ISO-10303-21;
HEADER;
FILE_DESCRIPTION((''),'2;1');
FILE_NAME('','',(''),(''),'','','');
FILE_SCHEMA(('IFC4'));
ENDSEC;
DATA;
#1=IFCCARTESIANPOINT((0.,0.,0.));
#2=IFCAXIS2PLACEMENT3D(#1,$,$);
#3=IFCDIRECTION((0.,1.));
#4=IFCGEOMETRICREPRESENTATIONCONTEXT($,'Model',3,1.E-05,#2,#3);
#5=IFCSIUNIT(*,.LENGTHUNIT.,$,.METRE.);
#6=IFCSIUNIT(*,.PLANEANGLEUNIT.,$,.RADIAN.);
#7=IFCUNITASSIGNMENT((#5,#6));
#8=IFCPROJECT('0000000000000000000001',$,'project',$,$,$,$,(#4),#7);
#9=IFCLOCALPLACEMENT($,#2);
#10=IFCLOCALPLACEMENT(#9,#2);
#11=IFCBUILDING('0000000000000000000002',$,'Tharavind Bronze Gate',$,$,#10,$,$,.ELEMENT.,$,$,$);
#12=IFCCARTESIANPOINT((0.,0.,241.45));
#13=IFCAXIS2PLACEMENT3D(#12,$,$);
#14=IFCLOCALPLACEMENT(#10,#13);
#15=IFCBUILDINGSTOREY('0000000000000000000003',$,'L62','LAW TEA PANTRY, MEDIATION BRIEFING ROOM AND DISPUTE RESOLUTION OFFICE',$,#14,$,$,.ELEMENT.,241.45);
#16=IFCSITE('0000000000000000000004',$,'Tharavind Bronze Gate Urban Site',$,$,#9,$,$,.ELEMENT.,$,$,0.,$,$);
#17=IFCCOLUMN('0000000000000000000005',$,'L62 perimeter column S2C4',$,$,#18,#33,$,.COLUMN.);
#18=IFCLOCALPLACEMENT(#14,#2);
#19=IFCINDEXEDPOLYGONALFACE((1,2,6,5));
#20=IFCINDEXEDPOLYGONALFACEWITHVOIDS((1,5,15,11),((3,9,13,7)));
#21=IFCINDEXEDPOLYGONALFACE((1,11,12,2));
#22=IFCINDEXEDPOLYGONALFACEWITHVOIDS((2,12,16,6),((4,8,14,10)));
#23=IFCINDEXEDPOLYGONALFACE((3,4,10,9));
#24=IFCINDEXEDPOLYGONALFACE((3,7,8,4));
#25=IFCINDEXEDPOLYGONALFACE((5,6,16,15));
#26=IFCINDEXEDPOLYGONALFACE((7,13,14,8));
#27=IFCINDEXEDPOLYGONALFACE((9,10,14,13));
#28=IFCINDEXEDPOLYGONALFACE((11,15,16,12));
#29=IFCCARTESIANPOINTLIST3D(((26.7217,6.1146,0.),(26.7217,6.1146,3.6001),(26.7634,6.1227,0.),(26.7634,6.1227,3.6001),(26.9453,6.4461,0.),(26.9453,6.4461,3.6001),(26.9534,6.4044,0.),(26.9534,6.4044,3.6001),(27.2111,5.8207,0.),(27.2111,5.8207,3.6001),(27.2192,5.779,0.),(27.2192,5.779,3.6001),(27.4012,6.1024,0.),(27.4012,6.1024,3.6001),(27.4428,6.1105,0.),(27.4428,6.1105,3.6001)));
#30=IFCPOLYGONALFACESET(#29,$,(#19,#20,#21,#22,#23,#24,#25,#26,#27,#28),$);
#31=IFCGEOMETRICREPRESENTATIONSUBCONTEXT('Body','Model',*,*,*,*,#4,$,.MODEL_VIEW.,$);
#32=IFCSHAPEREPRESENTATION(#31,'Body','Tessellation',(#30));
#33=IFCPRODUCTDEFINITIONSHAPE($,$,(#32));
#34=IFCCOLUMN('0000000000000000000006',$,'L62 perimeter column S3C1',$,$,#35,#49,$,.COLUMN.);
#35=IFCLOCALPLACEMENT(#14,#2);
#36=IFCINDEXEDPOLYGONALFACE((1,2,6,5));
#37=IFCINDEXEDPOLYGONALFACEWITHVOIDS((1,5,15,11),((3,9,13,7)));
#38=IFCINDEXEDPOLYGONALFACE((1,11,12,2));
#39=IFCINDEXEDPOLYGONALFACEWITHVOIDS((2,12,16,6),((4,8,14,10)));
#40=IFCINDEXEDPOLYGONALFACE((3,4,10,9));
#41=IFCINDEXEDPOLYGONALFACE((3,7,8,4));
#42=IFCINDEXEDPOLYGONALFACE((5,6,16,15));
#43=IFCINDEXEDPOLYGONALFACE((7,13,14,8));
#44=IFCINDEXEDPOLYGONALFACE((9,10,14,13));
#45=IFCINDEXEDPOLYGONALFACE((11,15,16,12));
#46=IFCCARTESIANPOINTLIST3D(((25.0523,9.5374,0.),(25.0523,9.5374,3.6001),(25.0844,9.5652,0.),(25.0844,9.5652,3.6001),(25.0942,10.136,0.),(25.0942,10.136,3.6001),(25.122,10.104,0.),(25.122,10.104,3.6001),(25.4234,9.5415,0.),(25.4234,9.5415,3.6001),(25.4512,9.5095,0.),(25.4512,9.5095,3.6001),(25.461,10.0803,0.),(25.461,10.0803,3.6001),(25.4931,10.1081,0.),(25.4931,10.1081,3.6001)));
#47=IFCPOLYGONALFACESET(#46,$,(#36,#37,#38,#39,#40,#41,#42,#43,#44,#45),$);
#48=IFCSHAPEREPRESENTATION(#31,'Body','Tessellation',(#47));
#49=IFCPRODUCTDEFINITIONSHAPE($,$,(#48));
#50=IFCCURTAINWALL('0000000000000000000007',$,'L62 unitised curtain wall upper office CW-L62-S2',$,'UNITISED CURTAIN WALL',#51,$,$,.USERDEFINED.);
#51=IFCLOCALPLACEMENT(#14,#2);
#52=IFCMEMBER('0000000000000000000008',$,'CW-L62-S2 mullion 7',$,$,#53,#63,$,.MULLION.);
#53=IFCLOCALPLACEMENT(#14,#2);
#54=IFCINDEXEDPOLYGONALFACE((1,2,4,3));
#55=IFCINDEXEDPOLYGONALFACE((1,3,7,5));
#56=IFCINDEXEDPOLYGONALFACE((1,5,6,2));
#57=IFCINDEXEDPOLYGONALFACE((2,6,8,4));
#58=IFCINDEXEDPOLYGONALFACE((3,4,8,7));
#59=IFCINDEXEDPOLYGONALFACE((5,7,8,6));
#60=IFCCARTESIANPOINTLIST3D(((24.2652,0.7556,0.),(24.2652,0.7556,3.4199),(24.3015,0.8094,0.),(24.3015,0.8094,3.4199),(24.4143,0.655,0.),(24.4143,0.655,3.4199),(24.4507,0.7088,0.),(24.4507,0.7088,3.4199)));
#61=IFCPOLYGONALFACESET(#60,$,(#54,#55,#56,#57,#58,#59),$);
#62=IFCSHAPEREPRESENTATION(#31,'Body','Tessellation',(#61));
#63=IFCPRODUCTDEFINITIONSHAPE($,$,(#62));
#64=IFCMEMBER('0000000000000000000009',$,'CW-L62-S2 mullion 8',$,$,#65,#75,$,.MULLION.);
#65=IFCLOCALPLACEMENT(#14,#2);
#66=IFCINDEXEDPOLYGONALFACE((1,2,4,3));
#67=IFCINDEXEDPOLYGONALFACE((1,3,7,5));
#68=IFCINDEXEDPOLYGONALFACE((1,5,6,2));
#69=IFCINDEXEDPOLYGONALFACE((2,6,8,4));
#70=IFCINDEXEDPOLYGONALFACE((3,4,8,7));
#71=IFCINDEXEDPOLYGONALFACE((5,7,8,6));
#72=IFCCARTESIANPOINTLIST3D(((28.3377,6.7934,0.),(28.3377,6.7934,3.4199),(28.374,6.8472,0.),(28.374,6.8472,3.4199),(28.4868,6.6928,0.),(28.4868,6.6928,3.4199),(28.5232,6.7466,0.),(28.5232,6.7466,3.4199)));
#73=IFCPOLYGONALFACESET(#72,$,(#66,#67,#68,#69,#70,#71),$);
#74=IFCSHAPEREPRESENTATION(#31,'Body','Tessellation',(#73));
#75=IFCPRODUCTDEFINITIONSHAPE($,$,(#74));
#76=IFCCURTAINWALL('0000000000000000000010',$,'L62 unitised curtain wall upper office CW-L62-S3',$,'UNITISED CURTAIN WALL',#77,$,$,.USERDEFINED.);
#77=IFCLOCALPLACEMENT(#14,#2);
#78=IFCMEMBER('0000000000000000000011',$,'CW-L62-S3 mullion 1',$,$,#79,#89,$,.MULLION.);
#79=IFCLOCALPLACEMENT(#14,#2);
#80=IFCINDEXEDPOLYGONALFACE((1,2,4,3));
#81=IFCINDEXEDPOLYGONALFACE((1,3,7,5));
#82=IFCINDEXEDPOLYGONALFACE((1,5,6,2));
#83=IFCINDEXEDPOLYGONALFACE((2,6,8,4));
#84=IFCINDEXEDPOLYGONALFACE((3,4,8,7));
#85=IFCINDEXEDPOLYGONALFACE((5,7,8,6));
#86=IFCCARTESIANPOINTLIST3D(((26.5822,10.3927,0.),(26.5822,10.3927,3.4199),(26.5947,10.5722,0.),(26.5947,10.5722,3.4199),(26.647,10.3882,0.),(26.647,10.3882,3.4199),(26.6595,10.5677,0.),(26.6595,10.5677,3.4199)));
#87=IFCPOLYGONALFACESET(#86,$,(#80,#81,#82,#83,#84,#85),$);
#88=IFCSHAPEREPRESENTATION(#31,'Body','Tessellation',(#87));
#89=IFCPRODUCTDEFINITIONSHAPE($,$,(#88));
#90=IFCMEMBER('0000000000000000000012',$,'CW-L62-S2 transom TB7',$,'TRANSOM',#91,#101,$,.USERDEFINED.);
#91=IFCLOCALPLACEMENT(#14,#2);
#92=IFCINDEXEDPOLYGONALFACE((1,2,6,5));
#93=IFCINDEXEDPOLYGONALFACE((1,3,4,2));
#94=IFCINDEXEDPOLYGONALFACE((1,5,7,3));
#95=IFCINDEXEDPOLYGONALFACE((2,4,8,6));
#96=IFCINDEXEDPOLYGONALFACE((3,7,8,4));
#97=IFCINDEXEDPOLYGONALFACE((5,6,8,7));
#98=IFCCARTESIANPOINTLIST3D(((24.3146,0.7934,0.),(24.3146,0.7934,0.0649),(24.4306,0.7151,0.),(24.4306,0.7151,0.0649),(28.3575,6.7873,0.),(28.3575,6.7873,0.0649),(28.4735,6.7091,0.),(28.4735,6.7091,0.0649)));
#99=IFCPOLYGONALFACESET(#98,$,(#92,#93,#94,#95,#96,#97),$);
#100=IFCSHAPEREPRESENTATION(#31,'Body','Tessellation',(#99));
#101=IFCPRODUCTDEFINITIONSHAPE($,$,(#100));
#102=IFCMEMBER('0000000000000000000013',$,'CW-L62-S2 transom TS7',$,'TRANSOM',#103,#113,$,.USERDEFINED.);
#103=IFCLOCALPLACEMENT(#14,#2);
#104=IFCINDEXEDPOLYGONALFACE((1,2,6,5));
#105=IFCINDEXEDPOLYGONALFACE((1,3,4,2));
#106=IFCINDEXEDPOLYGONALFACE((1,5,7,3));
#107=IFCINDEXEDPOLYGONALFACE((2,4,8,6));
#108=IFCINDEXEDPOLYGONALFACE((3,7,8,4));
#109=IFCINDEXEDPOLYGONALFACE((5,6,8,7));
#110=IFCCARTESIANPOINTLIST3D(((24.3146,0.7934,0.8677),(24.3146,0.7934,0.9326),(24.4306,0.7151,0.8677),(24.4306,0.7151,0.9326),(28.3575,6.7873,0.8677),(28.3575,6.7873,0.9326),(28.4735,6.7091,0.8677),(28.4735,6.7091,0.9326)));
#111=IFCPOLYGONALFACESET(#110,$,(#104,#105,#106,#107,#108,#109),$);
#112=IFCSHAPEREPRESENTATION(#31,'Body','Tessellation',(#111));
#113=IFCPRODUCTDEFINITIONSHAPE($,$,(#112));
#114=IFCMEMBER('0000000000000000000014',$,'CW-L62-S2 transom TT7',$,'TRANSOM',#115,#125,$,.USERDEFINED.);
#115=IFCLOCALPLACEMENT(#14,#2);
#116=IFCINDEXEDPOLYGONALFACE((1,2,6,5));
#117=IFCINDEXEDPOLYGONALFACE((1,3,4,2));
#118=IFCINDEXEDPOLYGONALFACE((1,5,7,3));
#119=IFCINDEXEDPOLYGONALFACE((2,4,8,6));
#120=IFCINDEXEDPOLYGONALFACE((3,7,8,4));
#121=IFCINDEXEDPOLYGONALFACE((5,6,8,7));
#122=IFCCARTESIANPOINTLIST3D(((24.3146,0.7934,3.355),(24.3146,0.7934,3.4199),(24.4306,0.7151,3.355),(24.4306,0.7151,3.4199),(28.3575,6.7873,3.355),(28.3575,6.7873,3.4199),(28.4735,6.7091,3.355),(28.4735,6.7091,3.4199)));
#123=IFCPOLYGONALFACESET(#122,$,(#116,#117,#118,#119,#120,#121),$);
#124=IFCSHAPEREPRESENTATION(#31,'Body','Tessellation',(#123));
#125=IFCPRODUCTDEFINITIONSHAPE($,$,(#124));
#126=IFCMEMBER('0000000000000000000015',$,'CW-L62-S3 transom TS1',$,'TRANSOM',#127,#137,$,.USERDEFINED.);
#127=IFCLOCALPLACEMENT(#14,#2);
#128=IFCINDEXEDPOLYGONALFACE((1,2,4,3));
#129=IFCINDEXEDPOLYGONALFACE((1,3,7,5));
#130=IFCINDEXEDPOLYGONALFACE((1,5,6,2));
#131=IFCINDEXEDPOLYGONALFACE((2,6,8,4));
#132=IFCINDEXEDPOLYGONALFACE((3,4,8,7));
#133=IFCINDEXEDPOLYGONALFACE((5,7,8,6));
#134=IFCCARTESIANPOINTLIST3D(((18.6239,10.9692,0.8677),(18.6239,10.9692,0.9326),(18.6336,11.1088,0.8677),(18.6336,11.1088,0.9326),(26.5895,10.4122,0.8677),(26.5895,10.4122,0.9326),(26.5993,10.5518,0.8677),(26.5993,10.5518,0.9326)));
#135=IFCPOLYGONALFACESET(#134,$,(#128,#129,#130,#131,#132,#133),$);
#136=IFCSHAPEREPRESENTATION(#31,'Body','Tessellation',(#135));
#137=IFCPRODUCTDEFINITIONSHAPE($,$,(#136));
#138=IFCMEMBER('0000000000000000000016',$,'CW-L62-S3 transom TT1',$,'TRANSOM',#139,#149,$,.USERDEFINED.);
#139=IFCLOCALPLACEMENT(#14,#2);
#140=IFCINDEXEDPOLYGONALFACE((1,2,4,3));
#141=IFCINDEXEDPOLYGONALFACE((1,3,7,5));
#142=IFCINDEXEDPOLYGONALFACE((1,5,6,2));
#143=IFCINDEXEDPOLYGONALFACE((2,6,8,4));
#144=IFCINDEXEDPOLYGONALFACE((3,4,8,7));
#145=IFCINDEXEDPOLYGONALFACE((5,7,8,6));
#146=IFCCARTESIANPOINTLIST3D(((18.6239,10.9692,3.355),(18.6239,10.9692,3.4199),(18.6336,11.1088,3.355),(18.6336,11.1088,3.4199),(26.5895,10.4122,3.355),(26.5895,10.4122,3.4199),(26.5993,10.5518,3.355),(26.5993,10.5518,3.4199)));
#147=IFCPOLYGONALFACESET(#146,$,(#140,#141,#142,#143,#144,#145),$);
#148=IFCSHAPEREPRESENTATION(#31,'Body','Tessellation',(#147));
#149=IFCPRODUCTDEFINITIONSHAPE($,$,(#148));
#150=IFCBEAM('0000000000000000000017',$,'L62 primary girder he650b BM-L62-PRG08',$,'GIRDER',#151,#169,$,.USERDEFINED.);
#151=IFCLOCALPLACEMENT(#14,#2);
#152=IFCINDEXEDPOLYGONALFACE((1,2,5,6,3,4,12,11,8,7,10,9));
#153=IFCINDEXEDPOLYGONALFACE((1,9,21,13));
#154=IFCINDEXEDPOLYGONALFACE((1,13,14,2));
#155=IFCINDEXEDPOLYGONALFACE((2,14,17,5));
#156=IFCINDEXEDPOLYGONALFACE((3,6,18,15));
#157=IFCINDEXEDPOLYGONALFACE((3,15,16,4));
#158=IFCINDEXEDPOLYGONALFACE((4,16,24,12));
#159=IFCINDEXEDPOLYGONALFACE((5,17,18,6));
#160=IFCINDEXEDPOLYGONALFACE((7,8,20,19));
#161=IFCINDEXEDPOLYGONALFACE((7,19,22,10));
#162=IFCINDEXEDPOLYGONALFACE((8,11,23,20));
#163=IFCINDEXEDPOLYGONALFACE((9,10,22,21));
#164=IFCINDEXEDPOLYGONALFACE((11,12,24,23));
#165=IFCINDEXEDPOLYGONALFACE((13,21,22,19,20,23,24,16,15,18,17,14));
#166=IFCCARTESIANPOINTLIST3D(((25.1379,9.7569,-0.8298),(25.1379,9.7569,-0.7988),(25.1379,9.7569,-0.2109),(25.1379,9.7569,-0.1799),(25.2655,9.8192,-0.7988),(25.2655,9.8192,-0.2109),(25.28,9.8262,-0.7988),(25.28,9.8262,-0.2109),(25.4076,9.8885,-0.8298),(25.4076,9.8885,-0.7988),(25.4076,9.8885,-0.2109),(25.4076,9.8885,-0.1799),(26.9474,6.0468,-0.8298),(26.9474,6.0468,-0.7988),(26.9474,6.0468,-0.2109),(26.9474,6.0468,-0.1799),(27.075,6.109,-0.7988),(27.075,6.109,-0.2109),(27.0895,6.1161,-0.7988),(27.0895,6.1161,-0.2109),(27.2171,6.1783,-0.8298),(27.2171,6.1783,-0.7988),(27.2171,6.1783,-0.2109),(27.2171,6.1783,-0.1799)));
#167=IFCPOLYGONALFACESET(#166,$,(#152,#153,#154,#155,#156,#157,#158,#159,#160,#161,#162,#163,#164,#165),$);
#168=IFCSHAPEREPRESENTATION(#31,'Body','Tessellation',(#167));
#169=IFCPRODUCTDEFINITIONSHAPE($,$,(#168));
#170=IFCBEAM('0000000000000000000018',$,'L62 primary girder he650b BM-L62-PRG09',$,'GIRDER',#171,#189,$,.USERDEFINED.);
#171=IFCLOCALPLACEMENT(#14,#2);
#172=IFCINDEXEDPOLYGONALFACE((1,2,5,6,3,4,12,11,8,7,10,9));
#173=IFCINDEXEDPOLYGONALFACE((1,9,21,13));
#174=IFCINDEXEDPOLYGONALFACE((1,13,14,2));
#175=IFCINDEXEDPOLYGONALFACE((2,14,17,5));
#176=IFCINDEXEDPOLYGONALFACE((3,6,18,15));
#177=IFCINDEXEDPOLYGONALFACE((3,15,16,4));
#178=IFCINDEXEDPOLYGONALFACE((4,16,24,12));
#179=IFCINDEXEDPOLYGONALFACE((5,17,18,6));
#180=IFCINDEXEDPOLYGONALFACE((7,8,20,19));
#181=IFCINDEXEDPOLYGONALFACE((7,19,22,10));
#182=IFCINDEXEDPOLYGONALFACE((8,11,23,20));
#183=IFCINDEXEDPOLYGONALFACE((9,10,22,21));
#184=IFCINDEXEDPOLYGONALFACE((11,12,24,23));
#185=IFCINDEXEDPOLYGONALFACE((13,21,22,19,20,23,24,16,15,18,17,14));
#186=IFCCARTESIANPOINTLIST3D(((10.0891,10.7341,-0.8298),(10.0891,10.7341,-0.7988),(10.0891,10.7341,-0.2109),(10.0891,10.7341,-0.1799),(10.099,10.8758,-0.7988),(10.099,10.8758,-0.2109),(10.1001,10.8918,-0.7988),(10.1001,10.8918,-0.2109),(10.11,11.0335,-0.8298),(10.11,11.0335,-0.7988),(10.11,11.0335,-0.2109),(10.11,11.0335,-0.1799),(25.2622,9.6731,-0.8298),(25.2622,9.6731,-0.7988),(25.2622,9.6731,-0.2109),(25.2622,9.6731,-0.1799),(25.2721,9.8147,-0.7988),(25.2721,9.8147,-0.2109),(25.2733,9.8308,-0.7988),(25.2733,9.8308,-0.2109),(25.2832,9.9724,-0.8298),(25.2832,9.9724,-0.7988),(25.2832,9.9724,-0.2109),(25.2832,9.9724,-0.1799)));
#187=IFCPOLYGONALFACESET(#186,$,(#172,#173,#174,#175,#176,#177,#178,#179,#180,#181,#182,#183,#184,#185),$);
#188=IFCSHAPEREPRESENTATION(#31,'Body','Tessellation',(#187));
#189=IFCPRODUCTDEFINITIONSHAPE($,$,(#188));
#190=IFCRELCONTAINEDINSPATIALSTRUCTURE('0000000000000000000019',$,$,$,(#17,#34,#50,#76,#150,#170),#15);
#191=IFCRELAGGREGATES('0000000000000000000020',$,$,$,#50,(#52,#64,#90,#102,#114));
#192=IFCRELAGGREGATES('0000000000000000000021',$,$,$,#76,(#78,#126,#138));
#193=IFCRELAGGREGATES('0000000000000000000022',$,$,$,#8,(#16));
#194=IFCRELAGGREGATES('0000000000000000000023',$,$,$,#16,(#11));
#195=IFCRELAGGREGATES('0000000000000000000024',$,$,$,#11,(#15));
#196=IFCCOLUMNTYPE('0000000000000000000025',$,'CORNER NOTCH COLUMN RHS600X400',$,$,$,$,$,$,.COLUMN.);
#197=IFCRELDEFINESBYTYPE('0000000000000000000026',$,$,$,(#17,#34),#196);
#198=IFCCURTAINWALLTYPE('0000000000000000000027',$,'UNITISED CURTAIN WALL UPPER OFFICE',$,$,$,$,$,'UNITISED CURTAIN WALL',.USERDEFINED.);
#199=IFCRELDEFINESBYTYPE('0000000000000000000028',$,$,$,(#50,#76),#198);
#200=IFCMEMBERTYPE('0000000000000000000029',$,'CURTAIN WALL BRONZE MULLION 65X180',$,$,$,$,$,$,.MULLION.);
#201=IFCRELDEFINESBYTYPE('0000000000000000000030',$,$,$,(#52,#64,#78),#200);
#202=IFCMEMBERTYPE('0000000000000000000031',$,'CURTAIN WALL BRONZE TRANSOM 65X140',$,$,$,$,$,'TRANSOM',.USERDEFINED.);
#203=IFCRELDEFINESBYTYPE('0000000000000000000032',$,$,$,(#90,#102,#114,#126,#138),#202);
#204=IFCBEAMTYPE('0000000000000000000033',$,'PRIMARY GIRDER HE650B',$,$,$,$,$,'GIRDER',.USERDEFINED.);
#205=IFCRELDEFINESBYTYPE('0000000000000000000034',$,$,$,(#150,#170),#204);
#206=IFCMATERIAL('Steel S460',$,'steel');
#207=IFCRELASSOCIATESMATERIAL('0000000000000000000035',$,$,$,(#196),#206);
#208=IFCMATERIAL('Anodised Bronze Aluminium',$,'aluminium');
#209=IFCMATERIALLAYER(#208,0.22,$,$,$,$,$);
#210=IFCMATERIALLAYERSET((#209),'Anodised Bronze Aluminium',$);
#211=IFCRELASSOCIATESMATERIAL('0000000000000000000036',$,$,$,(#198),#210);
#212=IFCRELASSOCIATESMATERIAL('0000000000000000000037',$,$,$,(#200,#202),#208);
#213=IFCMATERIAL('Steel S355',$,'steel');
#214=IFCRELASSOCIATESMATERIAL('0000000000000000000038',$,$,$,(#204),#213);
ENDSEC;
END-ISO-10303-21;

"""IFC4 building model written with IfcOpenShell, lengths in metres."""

from ifc_helpers import new_model, si_unit, direction, frame, origin, origin_2d, place, context, subcontext, project, spatial, rectangle, hollow_rectangle, i_section, extrude, material, layer, layer_set, material_profile, profile_set, type_object, element, aggregate, save


model = new_model("IFC4")

# Units and contexts
model_context = context("Model", 3, precision=1e-05, world=origin(), true_north=direction((0.0, 1.0)))
body_context = subcontext(model_context, "Body", "Model", "MODEL_VIEW")
ifc_project = project(units=[si_unit("LENGTHUNIT", "METRE"), si_unit("PLANEANGLEUNIT", "RADIAN")], contexts=[model_context])

# Site, building, storey
site_placement = place(None, origin())
site = spatial("IfcSite", under=ifc_project, at=site_placement, Name="Tharavind Bronze Gate Urban Site", CompositionType="ELEMENT", RefElevation=0.0)
building_placement = place(site_placement, origin())
building = spatial("IfcBuilding", under=site, at=building_placement, Name="Tharavind Bronze Gate", CompositionType="ELEMENT")
storey_placement = place(building_placement, frame((0.0, 0.0, 241.45)))
storey = spatial("IfcBuildingStorey", under=building, at=storey_placement, Name="L62", Description="LAW TEA PANTRY, MEDIATION BRIEFING ROOM AND DISPUTE RESOLUTION OFFICE", CompositionType="ELEMENT", Elevation=241.45)

# Columns
ifc_material_1 = material(Name="Steel S460", Category="steel")
ifc_material_profile_1 = material_profile(ifc_material_1, hollow_rectangle(XDim=0.3999, YDim=0.6001, WallThickness=0.03, at=origin_2d()), Name="RHS600X400X30")
ifc_profile_set_1 = profile_set([ifc_material_profile_1], Name="Steel S460")
column_type = type_object("IfcColumnType", Name="CORNER NOTCH COLUMN RHS600X400", PredefinedType="COLUMN", material=ifc_profile_set_1)
for number, where, z_axis, x_axis, name in (
    (1, (27.0823, 6.1125, 0.0), (0.0, 0.0, 1.0), (0.559194, 0.829037, 0.0), "L62 perimeter column S2C4"),
    (2, (25.2727, 9.8228, 0.0), (0.0, 0.0, 1.0), (-0.997564, 0.069756, 0.0), "L62 perimeter column S3C1"),
):
    element("IfcColumn", number, at=place(storey_placement, frame(where, z_axis=z_axis, x_axis=x_axis)), inside=storey, type_object=column_type, Name=name, PredefinedType="COLUMN", context=body_context, shape_type="SweptSolid", body=[
        extrude(hollow_rectangle(XDim=0.3999, YDim=0.6001, WallThickness=0.03, at=origin_2d()), origin(), (0.0, 0.0, 1.0), 3.6001),
    ])

# Curtain wall, members
ifc_material_2 = material(Name="Anodised Bronze Aluminium", Category="aluminium")
ifc_layer_1 = layer(ifc_material_2, 0.22)
ifc_layer_set_1 = layer_set([ifc_layer_1], Name="Anodised Bronze Aluminium")
curtain_wall_type = type_object("IfcCurtainWallType", Name="UNITISED CURTAIN WALL UPPER OFFICE", ElementType="UNITISED CURTAIN WALL", PredefinedType="USERDEFINED", material=ifc_layer_set_1)
curtain_wall_1_placement = place(storey_placement, origin())
curtain_wall_1 = element("IfcCurtainWall", 3, at=curtain_wall_1_placement, inside=storey, type_object=curtain_wall_type, Name="L62 unitised curtain wall upper office CW-L62-S2", ObjectType="UNITISED CURTAIN WALL", PredefinedType="USERDEFINED")
member_type_1 = type_object("IfcMemberType", Name="CURTAIN WALL BRONZE MULLION 65X180", PredefinedType="MULLION", material=ifc_material_2)
member_1_placement = place(storey_placement, frame((24.3579, 0.7322, 0.0), z_axis=(0.0, 0.0, 1.0), x_axis=(0.559193, 0.829038, 0.0)))
member_1 = element("IfcMember", 4, at=member_1_placement, type_object=member_type_1, Name="CW-L62-S2 mullion 7", PredefinedType="MULLION", context=body_context, shape_type="SweptSolid", body=[
    extrude(rectangle(XDim=0.0649, YDim=0.1799, at=origin_2d()), origin(), (0.0, 0.0, 1.0), 3.4199),
])
member_2_placement = place(storey_placement, frame((28.4304, 6.77, 0.0), z_axis=(0.0, 0.0, 1.0), x_axis=(0.559193, 0.829038, 0.0)))
member_2 = element("IfcMember", 5, at=member_2_placement, type_object=member_type_1, Name="CW-L62-S2 mullion 8", PredefinedType="MULLION", context=body_context, shape_type="SweptSolid", body=[
    extrude(rectangle(XDim=0.0649, YDim=0.1799, at=origin_2d()), origin(), (0.0, 0.0, 1.0), 3.4199),
])

# Curtain wall, member
curtain_wall_2_placement = place(storey_placement, origin())
curtain_wall_2 = element("IfcCurtainWall", 6, at=curtain_wall_2_placement, inside=storey, type_object=curtain_wall_type, Name="L62 unitised curtain wall upper office CW-L62-S3", ObjectType="UNITISED CURTAIN WALL", PredefinedType="USERDEFINED")
member_3_placement = place(storey_placement, frame((26.6208, 10.4802, 0.0), z_axis=(0.0, 0.0, 1.0), x_axis=(-0.997564, 0.069758, 0.0)))
member_3 = element("IfcMember", 7, at=member_3_placement, type_object=member_type_1, Name="CW-L62-S3 mullion 1", PredefinedType="MULLION", context=body_context, shape_type="SweptSolid", body=[
    extrude(rectangle(XDim=0.0649, YDim=0.1799, at=origin_2d()), origin(), (0.0, 0.0, 1.0), 3.4199),
])

# Members
member_type_2 = type_object("IfcMemberType", Name="CURTAIN WALL BRONZE TRANSOM 65X140", ElementType="TRANSOM", PredefinedType="USERDEFINED", material=ifc_material_2)
member_4_placement = place(storey_placement, frame((26.394, 3.7512, 0.0), z_axis=(0.0, 0.0, 1.0), x_axis=(0.559193, 0.829038, 0.0)))
member_4 = element("IfcMember", 8, at=member_4_placement, type_object=member_type_2, Name="CW-L62-S2 transom TB7", ObjectType="TRANSOM", PredefinedType="USERDEFINED", context=body_context, shape_type="SweptSolid", body=[
    extrude(rectangle(XDim=7.23, YDim=0.1399, at=origin_2d()), origin(), (0.0, 0.0, 1.0), 0.0649),
])
member_5_placement = place(storey_placement, frame((26.394, 3.7512, 0.8677), z_axis=(0.0, 0.0, 1.0), x_axis=(0.559193, 0.829038, 0.0)))
member_5 = element("IfcMember", 9, at=member_5_placement, type_object=member_type_2, Name="CW-L62-S2 transom TS7", ObjectType="TRANSOM", PredefinedType="USERDEFINED", context=body_context, shape_type="SweptSolid", body=[
    extrude(rectangle(XDim=7.23, YDim=0.1399, at=origin_2d()), origin(), (0.0, 0.0, 1.0), 0.0649),
])
member_6_placement = place(storey_placement, frame((26.394, 3.7512, 3.355), z_axis=(0.0, 0.0, 1.0), x_axis=(0.559193, 0.829038, 0.0)))
member_6 = element("IfcMember", 10, at=member_6_placement, type_object=member_type_2, Name="CW-L62-S2 transom TT7", ObjectType="TRANSOM", PredefinedType="USERDEFINED", context=body_context, shape_type="SweptSolid", body=[
    extrude(rectangle(XDim=7.23, YDim=0.1399, at=origin_2d()), origin(), (0.0, 0.0, 1.0), 0.0649),
])
member_7_placement = place(storey_placement, frame((22.6116, 10.7605, 0.8677), z_axis=(0.0, 0.0, 1.0), x_axis=(-0.997564, 0.069758, 0.0)))
member_7 = element("IfcMember", 11, at=member_7_placement, type_object=member_type_2, Name="CW-L62-S3 transom TS1", ObjectType="TRANSOM", PredefinedType="USERDEFINED", context=body_context, shape_type="SweptSolid", body=[
    extrude(rectangle(XDim=7.9851, YDim=0.1399, at=origin_2d()), origin(), (0.0, 0.0, 1.0), 0.0649),
])
member_8_placement = place(storey_placement, frame((22.6116, 10.7605, 3.355), z_axis=(0.0, 0.0, 1.0), x_axis=(-0.997564, 0.069758, 0.0)))
member_8 = element("IfcMember", 12, at=member_8_placement, type_object=member_type_2, Name="CW-L62-S3 transom TT1", ObjectType="TRANSOM", PredefinedType="USERDEFINED", context=body_context, shape_type="SweptSolid", body=[
    extrude(rectangle(XDim=7.9851, YDim=0.1399, at=origin_2d()), origin(), (0.0, 0.0, 1.0), 0.0649),
])

# Beams
ifc_material_3 = material(Name="Steel S355", Category="steel")
ifc_material_profile_2 = material_profile(ifc_material_3, i_section(OverallWidth=0.3, OverallDepth=0.6499, WebThickness=0.0161, FlangeThickness=0.031, at=origin_2d()), Name="HE650B")
ifc_profile_set_2 = profile_set([ifc_material_profile_2], Name="Steel S355")
beam_type_1 = type_object("IfcBeamType", Name="PRIMARY GIRDER HE650B", ElementType="GIRDER", PredefinedType="USERDEFINED", material=ifc_profile_set_2)
beam_1_placement = place(storey_placement, frame((27.0823, 6.1125, -0.5049), z_axis=(-0.438368, 0.898796, 0.0), x_axis=(-0.898796, -0.438368, 0.0)))
element("IfcBeam", 13, at=beam_1_placement, inside=storey, type_object=beam_type_1, Name="L62 primary girder he650b BM-L62-PRG08", ObjectType="GIRDER", PredefinedType="USERDEFINED", context=body_context, shape_type="SweptSolid", body=[
    extrude(i_section(OverallWidth=0.3, OverallDepth=0.6499, WebThickness=0.0161, FlangeThickness=0.031, at=origin_2d()), origin(), (0.0, 0.0, 1.0), 4.1279),
])
beam_2_placement = place(storey_placement, frame((25.2727, 9.8228, -0.5049), z_axis=(-0.997564, 0.069758, 0.0), x_axis=(-0.069758, -0.997564, 0.0)))
element("IfcBeam", 14, at=beam_2_placement, inside=storey, type_object=beam_type_1, Name="L62 primary girder he650b BM-L62-PRG09", ObjectType="GIRDER", PredefinedType="USERDEFINED", context=body_context, shape_type="SweptSolid", body=[
    extrude(i_section(OverallWidth=0.3, OverallDepth=0.6499, WebThickness=0.0161, FlangeThickness=0.031, at=origin_2d()), origin(), (0.0, 0.0, 1.0), 15.2102),
])

aggregate(curtain_wall_1, [member_1, member_2, member_4, member_5, member_6])
aggregate(curtain_wall_2, [member_3, member_7, member_8])

save(model, "model.ifc")
